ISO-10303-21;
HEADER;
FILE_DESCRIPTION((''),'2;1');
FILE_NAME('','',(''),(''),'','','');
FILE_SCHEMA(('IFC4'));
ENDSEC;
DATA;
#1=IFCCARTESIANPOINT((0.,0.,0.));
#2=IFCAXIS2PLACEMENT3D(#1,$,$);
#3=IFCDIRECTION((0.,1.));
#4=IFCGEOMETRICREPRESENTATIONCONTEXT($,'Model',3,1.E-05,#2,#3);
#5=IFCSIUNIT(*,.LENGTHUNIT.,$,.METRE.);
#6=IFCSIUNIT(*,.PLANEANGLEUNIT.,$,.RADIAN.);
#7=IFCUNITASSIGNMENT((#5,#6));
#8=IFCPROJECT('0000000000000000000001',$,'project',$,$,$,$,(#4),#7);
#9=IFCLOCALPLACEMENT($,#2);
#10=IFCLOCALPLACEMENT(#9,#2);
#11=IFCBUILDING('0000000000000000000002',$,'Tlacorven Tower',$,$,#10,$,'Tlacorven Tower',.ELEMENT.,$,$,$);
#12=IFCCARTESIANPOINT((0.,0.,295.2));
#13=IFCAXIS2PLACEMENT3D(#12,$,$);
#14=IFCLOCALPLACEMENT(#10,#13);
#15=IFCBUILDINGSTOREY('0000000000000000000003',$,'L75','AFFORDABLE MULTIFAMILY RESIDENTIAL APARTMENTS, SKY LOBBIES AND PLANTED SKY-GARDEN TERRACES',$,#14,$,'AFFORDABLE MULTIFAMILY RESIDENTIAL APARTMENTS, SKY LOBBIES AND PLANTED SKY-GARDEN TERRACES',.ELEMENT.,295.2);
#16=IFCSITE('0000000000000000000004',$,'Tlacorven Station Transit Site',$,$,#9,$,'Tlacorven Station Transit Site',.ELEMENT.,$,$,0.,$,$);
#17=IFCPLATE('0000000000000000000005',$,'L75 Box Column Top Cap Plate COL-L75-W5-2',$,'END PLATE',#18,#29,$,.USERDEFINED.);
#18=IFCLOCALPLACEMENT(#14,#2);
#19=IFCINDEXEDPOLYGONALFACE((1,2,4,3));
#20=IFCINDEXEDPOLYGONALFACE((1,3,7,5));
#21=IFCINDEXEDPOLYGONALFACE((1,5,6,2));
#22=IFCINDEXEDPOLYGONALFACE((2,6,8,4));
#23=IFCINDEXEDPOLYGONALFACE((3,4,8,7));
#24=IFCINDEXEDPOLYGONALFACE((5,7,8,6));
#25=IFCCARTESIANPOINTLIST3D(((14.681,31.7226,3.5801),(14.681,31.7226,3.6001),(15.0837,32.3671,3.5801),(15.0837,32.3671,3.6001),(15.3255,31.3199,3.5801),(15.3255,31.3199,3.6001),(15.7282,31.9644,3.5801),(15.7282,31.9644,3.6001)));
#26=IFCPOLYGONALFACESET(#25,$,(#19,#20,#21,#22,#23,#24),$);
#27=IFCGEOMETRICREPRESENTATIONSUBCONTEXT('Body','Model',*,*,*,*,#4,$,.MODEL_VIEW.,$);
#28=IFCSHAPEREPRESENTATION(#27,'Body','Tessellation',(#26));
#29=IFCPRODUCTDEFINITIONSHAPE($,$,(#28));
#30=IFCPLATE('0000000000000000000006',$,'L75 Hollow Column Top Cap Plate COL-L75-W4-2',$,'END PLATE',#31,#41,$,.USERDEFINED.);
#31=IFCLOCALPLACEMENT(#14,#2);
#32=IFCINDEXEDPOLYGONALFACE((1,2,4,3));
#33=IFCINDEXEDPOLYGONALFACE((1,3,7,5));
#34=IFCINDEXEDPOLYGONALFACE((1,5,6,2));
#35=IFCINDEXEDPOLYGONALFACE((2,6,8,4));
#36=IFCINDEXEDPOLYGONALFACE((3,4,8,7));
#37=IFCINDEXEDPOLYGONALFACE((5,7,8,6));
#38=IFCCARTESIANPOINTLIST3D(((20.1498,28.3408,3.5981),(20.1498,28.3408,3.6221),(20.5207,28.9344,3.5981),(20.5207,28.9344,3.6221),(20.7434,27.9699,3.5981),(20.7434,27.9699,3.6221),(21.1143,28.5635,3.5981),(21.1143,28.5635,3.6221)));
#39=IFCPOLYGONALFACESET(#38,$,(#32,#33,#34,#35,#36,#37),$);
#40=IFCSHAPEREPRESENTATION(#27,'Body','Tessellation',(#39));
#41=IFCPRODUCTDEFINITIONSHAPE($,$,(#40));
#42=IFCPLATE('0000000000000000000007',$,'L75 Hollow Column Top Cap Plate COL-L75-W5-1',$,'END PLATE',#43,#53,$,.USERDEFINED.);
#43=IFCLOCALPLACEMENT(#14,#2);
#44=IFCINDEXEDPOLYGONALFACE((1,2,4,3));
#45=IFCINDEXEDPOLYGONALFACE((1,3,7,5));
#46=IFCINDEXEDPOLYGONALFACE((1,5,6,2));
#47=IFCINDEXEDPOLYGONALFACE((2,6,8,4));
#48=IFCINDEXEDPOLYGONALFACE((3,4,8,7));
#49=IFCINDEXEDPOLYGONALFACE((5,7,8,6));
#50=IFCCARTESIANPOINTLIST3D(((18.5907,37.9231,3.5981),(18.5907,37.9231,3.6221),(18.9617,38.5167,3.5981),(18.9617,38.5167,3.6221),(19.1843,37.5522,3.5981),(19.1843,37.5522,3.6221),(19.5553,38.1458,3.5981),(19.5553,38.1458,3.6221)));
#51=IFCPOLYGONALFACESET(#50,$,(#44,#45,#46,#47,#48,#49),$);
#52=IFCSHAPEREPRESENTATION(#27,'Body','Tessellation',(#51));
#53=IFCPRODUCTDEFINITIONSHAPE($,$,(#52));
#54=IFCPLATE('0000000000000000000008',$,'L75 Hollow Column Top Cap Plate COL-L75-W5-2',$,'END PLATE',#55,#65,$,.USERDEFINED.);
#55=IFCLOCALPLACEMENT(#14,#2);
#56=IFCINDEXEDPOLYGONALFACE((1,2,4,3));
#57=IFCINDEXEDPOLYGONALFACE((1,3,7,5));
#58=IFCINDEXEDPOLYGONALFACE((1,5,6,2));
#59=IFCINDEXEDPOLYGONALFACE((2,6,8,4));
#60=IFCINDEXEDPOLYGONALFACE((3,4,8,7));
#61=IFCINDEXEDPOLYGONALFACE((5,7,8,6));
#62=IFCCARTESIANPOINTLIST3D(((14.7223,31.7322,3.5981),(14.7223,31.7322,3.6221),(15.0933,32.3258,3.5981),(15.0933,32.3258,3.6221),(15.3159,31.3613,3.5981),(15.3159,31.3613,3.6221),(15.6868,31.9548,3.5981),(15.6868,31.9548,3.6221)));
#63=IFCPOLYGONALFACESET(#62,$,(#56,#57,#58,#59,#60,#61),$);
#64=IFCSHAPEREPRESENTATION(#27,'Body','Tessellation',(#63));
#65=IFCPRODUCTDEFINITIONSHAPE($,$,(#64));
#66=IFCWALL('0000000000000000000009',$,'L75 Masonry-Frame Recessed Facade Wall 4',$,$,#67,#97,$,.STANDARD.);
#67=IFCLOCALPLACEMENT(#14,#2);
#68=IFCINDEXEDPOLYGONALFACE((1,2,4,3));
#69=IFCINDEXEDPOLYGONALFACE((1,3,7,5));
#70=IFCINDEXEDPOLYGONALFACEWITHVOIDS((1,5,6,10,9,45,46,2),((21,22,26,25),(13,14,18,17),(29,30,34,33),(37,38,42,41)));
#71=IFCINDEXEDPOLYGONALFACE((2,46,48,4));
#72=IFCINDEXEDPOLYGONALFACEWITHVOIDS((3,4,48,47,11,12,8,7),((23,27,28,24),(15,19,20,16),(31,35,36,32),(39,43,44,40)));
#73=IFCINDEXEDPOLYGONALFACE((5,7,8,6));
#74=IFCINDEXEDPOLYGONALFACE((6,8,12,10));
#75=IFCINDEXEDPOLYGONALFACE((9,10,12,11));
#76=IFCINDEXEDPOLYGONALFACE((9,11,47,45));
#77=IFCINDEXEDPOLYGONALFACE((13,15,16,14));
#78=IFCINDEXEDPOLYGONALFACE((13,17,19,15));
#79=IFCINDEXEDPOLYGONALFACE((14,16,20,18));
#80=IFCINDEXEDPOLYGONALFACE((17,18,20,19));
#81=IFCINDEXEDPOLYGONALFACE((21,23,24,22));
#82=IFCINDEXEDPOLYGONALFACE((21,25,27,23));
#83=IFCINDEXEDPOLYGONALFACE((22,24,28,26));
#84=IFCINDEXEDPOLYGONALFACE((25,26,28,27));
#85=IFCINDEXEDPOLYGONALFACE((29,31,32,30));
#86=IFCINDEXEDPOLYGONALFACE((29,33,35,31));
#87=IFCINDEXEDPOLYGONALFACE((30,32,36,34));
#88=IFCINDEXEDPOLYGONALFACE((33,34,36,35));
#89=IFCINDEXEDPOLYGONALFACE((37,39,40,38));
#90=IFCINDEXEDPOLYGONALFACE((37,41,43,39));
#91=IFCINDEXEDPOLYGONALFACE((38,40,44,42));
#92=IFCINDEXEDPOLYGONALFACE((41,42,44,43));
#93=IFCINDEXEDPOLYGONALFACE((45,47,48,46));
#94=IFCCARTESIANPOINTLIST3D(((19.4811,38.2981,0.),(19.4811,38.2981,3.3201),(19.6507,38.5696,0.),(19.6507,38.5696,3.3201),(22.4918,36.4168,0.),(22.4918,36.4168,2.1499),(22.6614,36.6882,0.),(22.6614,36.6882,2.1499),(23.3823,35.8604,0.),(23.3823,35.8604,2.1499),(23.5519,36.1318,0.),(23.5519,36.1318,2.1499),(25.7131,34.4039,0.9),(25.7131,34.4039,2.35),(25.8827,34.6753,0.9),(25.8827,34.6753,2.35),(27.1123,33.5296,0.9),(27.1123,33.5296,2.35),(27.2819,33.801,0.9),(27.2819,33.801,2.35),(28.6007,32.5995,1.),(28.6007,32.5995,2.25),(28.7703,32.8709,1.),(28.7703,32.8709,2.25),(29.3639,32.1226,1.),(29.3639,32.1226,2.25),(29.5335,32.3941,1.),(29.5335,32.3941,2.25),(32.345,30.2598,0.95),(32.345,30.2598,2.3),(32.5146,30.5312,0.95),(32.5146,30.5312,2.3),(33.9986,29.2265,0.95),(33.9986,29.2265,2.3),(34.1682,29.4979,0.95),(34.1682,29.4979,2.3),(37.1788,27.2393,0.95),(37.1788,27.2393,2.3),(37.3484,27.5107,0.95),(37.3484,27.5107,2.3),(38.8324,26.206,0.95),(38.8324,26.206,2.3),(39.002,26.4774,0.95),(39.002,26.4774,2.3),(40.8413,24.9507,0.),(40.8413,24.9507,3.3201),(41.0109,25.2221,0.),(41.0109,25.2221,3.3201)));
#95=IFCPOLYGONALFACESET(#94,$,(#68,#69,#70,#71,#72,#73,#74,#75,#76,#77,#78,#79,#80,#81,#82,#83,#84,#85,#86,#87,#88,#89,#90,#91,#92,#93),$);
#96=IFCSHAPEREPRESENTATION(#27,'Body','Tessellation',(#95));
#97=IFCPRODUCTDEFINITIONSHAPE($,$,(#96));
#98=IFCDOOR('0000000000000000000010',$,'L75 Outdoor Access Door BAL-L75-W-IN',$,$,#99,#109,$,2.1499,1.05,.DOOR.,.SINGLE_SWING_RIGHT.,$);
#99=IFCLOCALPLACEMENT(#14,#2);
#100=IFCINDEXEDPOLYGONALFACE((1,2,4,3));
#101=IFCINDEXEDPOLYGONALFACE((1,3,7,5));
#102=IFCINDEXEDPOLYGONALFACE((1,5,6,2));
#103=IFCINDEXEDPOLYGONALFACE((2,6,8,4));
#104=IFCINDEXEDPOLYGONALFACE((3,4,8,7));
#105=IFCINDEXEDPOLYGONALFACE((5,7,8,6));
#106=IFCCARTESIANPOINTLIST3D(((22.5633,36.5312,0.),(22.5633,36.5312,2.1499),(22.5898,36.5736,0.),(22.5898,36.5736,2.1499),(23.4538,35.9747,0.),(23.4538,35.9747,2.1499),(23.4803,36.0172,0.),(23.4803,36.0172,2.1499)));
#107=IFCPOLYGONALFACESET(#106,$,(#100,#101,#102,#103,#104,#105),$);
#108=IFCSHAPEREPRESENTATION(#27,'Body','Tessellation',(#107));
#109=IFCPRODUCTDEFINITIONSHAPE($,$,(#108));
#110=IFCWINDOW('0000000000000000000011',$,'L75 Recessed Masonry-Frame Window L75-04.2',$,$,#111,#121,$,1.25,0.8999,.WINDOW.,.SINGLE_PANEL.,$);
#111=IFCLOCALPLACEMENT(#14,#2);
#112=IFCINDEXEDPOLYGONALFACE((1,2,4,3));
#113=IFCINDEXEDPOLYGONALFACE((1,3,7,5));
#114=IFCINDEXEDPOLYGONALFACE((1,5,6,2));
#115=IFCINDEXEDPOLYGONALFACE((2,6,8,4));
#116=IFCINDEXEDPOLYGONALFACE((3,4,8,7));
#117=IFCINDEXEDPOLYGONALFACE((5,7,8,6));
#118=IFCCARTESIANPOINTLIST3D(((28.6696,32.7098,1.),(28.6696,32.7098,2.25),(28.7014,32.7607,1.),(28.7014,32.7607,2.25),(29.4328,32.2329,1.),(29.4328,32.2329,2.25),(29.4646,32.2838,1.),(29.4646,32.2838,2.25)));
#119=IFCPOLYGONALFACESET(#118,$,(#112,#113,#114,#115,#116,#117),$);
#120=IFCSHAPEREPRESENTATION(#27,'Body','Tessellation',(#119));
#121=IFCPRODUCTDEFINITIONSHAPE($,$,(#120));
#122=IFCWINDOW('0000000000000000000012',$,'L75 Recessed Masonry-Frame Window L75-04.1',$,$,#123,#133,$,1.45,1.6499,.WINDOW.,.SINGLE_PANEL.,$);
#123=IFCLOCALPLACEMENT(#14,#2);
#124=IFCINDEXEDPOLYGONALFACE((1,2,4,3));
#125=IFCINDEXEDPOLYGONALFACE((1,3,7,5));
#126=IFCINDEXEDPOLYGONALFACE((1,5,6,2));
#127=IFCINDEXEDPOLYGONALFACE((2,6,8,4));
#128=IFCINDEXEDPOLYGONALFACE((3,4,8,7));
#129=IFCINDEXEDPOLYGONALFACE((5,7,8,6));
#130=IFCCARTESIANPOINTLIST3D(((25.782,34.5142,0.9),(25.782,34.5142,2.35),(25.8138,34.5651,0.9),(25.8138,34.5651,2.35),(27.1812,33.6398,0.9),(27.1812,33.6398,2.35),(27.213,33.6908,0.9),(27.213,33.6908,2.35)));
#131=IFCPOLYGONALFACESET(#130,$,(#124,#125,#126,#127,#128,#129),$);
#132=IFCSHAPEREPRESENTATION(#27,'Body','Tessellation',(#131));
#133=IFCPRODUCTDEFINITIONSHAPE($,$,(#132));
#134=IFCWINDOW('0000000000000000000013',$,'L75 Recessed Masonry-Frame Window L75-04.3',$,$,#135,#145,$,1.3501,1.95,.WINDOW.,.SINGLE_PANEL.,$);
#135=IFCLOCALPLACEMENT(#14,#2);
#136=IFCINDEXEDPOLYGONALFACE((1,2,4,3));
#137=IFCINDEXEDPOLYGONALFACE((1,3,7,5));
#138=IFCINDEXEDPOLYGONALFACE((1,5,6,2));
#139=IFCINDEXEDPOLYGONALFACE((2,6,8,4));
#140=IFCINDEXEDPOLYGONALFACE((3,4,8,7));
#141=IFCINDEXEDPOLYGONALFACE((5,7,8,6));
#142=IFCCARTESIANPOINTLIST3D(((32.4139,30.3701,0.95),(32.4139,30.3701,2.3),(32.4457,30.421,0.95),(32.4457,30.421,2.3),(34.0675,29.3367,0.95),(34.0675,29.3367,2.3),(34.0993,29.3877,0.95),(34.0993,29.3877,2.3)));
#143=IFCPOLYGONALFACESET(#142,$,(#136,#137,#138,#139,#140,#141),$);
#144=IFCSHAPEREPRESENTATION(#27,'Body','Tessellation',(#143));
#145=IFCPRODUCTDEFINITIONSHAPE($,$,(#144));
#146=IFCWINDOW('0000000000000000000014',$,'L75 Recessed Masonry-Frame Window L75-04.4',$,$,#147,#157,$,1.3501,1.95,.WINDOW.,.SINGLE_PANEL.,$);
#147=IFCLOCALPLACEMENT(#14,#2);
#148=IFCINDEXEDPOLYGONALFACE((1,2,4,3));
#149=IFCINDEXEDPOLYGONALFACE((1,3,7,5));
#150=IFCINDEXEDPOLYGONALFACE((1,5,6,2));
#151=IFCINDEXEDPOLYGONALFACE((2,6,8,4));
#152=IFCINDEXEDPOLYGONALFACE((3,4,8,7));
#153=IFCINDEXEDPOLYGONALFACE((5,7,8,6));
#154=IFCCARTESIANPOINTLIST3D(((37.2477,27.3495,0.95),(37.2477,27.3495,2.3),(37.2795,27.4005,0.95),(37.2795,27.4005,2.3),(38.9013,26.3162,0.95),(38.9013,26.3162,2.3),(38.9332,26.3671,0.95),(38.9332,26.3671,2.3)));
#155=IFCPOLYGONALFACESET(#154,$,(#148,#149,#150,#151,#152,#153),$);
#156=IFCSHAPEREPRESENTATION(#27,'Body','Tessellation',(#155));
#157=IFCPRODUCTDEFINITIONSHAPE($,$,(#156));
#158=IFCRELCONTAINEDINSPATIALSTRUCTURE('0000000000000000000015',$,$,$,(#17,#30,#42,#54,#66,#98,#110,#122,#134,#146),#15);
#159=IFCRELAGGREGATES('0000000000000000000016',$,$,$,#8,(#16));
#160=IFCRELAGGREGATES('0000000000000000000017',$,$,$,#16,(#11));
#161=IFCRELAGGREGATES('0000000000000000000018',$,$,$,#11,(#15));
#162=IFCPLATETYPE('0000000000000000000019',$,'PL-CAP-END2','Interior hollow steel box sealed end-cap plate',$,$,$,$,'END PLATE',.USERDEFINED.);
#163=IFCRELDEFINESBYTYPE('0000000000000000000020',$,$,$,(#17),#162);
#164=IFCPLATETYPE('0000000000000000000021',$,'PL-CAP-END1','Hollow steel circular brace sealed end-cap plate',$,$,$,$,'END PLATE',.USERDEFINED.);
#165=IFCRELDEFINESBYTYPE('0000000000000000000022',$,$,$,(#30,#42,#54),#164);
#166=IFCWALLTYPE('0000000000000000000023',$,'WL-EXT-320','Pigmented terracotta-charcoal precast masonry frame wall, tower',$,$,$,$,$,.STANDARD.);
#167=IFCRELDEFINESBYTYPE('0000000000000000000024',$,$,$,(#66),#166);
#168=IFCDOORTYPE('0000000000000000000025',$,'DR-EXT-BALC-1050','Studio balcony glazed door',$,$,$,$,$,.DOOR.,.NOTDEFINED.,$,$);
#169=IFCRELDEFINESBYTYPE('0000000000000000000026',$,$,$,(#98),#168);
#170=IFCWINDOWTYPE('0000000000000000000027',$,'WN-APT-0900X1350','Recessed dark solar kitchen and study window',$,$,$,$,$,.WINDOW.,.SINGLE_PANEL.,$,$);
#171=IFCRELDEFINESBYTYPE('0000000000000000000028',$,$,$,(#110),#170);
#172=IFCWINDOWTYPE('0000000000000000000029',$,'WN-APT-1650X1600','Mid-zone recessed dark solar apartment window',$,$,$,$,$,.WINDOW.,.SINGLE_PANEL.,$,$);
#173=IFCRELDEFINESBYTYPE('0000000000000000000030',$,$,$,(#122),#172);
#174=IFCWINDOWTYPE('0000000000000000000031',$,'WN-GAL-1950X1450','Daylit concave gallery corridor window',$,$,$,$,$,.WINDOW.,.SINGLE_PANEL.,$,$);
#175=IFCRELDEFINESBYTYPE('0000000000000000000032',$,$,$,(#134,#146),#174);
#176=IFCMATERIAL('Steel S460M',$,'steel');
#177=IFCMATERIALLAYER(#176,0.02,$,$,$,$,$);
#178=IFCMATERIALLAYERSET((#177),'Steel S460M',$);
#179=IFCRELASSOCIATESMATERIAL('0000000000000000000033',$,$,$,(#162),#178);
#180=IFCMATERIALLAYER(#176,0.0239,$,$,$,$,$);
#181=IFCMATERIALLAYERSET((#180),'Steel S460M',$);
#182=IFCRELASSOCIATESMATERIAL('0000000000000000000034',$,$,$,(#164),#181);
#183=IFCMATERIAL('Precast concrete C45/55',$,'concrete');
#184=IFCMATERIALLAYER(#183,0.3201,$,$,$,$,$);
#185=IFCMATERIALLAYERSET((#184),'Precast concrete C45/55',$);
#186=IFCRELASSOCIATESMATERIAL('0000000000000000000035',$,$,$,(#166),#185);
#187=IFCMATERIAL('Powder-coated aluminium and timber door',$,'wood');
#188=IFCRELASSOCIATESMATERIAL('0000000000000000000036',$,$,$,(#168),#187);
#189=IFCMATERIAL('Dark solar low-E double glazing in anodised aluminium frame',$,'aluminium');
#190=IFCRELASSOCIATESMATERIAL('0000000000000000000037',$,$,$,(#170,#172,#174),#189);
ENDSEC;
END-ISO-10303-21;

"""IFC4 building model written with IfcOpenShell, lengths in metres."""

from ifc_helpers import new_model, si_unit, direction, frame, frame_2d, origin, origin_2d, place, context, subcontext, project, spatial, rectangle, extrude, source, transform, mapped, material, layer, layer_set, type_object, element, fill, save


model = new_model("IFC4")

# Units and contexts
model_context = context("Model", 3, precision=1e-05, world=origin(), true_north=direction((0.0, 1.0)))
body_context = subcontext(model_context, "Body", "Model", "MODEL_VIEW")
ifc_project = project(units=[si_unit("LENGTHUNIT", "METRE"), si_unit("PLANEANGLEUNIT", "RADIAN")], contexts=[model_context])

# Site, building, storey
site_placement = place(None, origin())
site = spatial("IfcSite", under=ifc_project, at=site_placement, Name="Tlacorven Station Transit Site", LongName="Tlacorven Station Transit Site", CompositionType="ELEMENT", RefElevation=0.0)
building_placement = place(site_placement, origin())
building = spatial("IfcBuilding", under=site, at=building_placement, Name="Tlacorven Tower", LongName="Tlacorven Tower", CompositionType="ELEMENT")
storey_placement = place(building_placement, frame((0.0, 0.0, 295.2)))
storey = spatial("IfcBuildingStorey", under=building, at=storey_placement, Name="L75", Description="AFFORDABLE MULTIFAMILY RESIDENTIAL APARTMENTS, SKY LOBBIES AND PLANTED SKY-GARDEN TERRACES", LongName="AFFORDABLE MULTIFAMILY RESIDENTIAL APARTMENTS, SKY LOBBIES AND PLANTED SKY-GARDEN TERRACES", CompositionType="ELEMENT", Elevation=295.2)

# Shared definitions
ifc_material_1 = material(Name="Steel S460M", Category="steel")

# Plates
ifc_layer_1 = layer(ifc_material_1, 0.02)
ifc_layer_set_1 = layer_set([ifc_layer_1], Name="Steel S460M")
plate_type_1 = type_object("IfcPlateType", Name="PL-CAP-END2", Description="Interior hollow steel box sealed end-cap plate", ElementType="END PLATE", PredefinedType="USERDEFINED", material=ifc_layer_set_1)
shared_shape_1 = source(origin(), body_context, "Body", "SweptSolid", [
    extrude(rectangle(XDim=0.76, YDim=0.76, at=origin_2d()), origin(), (0.0, 0.0, 1.0), 0.02),
])
for number, where, z_axis, x_axis, name in (
    (1, (15.2046, 31.8435, 3.5801), (0.0, 0.0, 1.0), (-0.848048, 0.529919, 0.0), "L75 Box Column Top Cap Plate COL-L75-W5-2"),
):
    element("IfcPlate", number, at=place(storey_placement, frame(where, z_axis=z_axis, x_axis=x_axis)), inside=storey, type_object=plate_type_1, Name=name, ObjectType="END PLATE", PredefinedType="USERDEFINED", context=body_context, shape_type="MappedRepresentation", body=[
        mapped(shared_shape_1, transform((0.0, 0.0, 0.0), scale=1.0)),
    ])
ifc_layer_2 = layer(ifc_material_1, 0.0239)
ifc_layer_set_2 = layer_set([ifc_layer_2], Name="Steel S460M")
plate_type_2 = type_object("IfcPlateType", Name="PL-CAP-END1", Description="Hollow steel circular brace sealed end-cap plate", ElementType="END PLATE", PredefinedType="USERDEFINED", material=ifc_layer_set_2)
shared_shape_2 = source(origin(), body_context, "Body", "SweptSolid", [
    extrude(rectangle(XDim=0.7, YDim=0.7, at=origin_2d()), origin(), (0.0, 0.0, 1.0), 0.0239),
])
for number, where, z_axis, x_axis, name in (
    (2, (20.6321, 28.4521, 3.5981), (0.0, 0.0, 1.0), (-0.848048, 0.529919, 0.0), "L75 Hollow Column Top Cap Plate COL-L75-W4-2"),
    (3, (19.073, 38.0344, 3.5981), (0.0, 0.0, 1.0), (-0.848048, 0.529919, 0.0), "L75 Hollow Column Top Cap Plate COL-L75-W5-1"),
    (4, (15.2046, 31.8435, 3.5981), (0.0, 0.0, 1.0), (-0.848048, 0.529919, 0.0), "L75 Hollow Column Top Cap Plate COL-L75-W5-2"),
):
    element("IfcPlate", number, at=place(storey_placement, frame(where, z_axis=z_axis, x_axis=x_axis)), inside=storey, type_object=plate_type_2, Name=name, ObjectType="END PLATE", PredefinedType="USERDEFINED", context=body_context, shape_type="MappedRepresentation", body=[
        mapped(shared_shape_2, transform((0.0, 0.0, 0.0), scale=1.0)),
    ])

# Wall, openings, door, windows
ifc_material_2 = material(Name="Precast concrete C45/55", Category="concrete")
ifc_layer_3 = layer(ifc_material_2, 0.3201)
ifc_layer_set_3 = layer_set([ifc_layer_3], Name="Precast concrete C45/55")
wall_type_1 = type_object("IfcWallType", Name="WL-EXT-320", Description="Pigmented terracotta-charcoal precast masonry frame wall, tower", PredefinedType="STANDARD", material=ifc_layer_set_3)
wall_1_placement = place(storey_placement, frame((19.5659, 38.4338, 0.0), z_axis=(0.0, 0.0, 1.0), x_axis=(0.848046, -0.529923, 0.0)))
wall_1 = element("IfcWall", 5, at=wall_1_placement, inside=storey, type_object=wall_type_1, Name="L75 Masonry-Frame Recessed Facade Wall 4", PredefinedType="STANDARD", context=body_context, shape_type="SweptSolid", body=[
    extrude(rectangle(XDim=25.1875, YDim=0.3201, at=frame_2d((12.5938, 0.0))), origin(), (0.0, 0.0, 1.0), 3.3201),
])
opening_1_placement = place(wall_1_placement, frame((3.5503, 0.0, 0.0)))
opening_1 = element("IfcOpeningElement", 6, at=opening_1_placement, cuts=wall_1, PredefinedType="OPENING", context=body_context, shape_type="SweptSolid", body=[
    extrude(rectangle(XDim=1.05, YDim=2.1499, at=frame_2d((0.5249, 1.075))), frame((0.0, 0.1699, 0.0), z_axis=(0.0, -1.0, 0.0), x_axis=(1.0, 0.0, 0.0)), (0.0, 0.0, 1.0), 0.3401),
])
opening_2_placement = place(wall_1_placement, frame((7.3486, 0.0, 0.8999)))
opening_2 = element("IfcOpeningElement", 7, at=opening_2_placement, cuts=wall_1, PredefinedType="OPENING", context=body_context, shape_type="SweptSolid", body=[
    extrude(rectangle(XDim=1.6499, YDim=1.45, at=frame_2d((0.825, 0.7251))), frame((0.0, 0.1699, 0.0), z_axis=(0.0, -1.0, 0.0), x_axis=(1.0, 0.0, 0.0)), (0.0, 0.0, 1.0), 0.3401),
])
opening_3_placement = place(wall_1_placement, frame((10.7537, 0.0, 1.0)))
opening_3 = element("IfcOpeningElement", 8, at=opening_3_placement, cuts=wall_1, PredefinedType="OPENING", context=body_context, shape_type="SweptSolid", body=[
    extrude(rectangle(XDim=0.8999, YDim=1.25, at=frame_2d((0.45, 0.625))), frame((0.0, 0.1699, 0.0), z_axis=(0.0, -1.0, 0.0), x_axis=(1.0, 0.0, 0.0)), (0.0, 0.0, 1.0), 0.3401),
])
opening_4_placement = place(wall_1_placement, frame((15.1687, 0.0, 0.95)))
opening_4 = element("IfcOpeningElement", 9, at=opening_4_placement, cuts=wall_1, PredefinedType="OPENING", context=body_context, shape_type="SweptSolid", body=[
    extrude(rectangle(XDim=1.95, YDim=1.3501, at=frame_2d((0.9751, 0.675))), frame((0.0, 0.1699, 0.0), z_axis=(0.0, -1.0, 0.0), x_axis=(1.0, 0.0, 0.0)), (0.0, 0.0, 1.0), 0.3401),
])
opening_5_placement = place(wall_1_placement, frame((20.8687, 0.0, 0.95)))
opening_5 = element("IfcOpeningElement", 10, at=opening_5_placement, cuts=wall_1, PredefinedType="OPENING", context=body_context, shape_type="SweptSolid", body=[
    extrude(rectangle(XDim=1.95, YDim=1.3501, at=frame_2d((0.9751, 0.675))), frame((0.0, 0.1699, 0.0), z_axis=(0.0, -1.0, 0.0), x_axis=(1.0, 0.0, 0.0)), (0.0, 0.0, 1.0), 0.3401),
])
ifc_material_3 = material(Name="Powder-coated aluminium and timber door", Category="wood")
door_type_1 = type_object("IfcDoorType", Name="DR-EXT-BALC-1050", Description="Studio balcony glazed door", OperationType="NOTDEFINED", PredefinedType="DOOR", material=ifc_material_3)
shared_shape_3 = source(origin(), body_context, "Body", "SweptSolid", [
    extrude(rectangle(XDim=1.05, YDim=2.1499, at=frame_2d((0.5249, 1.075))), frame((0.0, 0.0249, 0.0), z_axis=(0.0, -1.0, 0.0), x_axis=(1.0, 0.0, 0.0)), (0.0, 0.0, 1.0), 0.05),
])
door_1_placement = place(opening_1_placement, origin())
door_1 = element("IfcDoor", 11, at=door_1_placement, inside=storey, type_object=door_type_1, Name="L75 Outdoor Access Door BAL-L75-W-IN", OperationType="SINGLE_SWING_RIGHT", OverallHeight=2.1499, OverallWidth=1.05, PredefinedType="DOOR", context=body_context, shape_type="MappedRepresentation", body=[
    mapped(shared_shape_3, transform((0.0, 0.0, 0.0), scale=1.0)),
])
fill(opening_1, door_1)
ifc_material_4 = material(Name="Dark solar low-E double glazing in anodised aluminium frame", Category="aluminium")
window_type_1 = type_object("IfcWindowType", Name="WN-APT-0900X1350", Description="Recessed dark solar kitchen and study window", PartitioningType="SINGLE_PANEL", PredefinedType="WINDOW", material=ifc_material_4)
shared_shape_4 = source(origin(), body_context, "Body", "SweptSolid", [
    extrude(rectangle(XDim=0.8999, YDim=1.25, at=frame_2d((0.45, 0.625))), frame((0.0, 0.03, 0.0), z_axis=(0.0, -1.0, 0.0), x_axis=(1.0, 0.0, 0.0)), (0.0, 0.0, 1.0), 0.0601),
])
window_1_placement = place(opening_3_placement, origin())
window_1 = element("IfcWindow", 12, at=window_1_placement, inside=storey, type_object=window_type_1, Name="L75 Recessed Masonry-Frame Window L75-04.2", OverallHeight=1.25, OverallWidth=0.8999, PartitioningType="SINGLE_PANEL", PredefinedType="WINDOW", context=body_context, shape_type="MappedRepresentation", body=[
    mapped(shared_shape_4, transform((0.0, 0.0, 0.0), scale=1.0)),
])
fill(opening_3, window_1)
window_type_2 = type_object("IfcWindowType", Name="WN-APT-1650X1600", Description="Mid-zone recessed dark solar apartment window", PartitioningType="SINGLE_PANEL", PredefinedType="WINDOW", material=ifc_material_4)
shared_shape_5 = source(origin(), body_context, "Body", "SweptSolid", [
    extrude(rectangle(XDim=1.6499, YDim=1.45, at=frame_2d((0.825, 0.7251))), frame((0.0, 0.03, 0.0), z_axis=(0.0, -1.0, 0.0), x_axis=(1.0, 0.0, 0.0)), (0.0, 0.0, 1.0), 0.0601),
])
window_2_placement = place(opening_2_placement, origin())
window_2 = element("IfcWindow", 13, at=window_2_placement, inside=storey, type_object=window_type_2, Name="L75 Recessed Masonry-Frame Window L75-04.1", OverallHeight=1.45, OverallWidth=1.6499, PartitioningType="SINGLE_PANEL", PredefinedType="WINDOW", context=body_context, shape_type="MappedRepresentation", body=[
    mapped(shared_shape_5, transform((0.0, 0.0, 0.0), scale=1.0)),
])
fill(opening_2, window_2)
window_type_3 = type_object("IfcWindowType", Name="WN-GAL-1950X1450", Description="Daylit concave gallery corridor window", PartitioningType="SINGLE_PANEL", PredefinedType="WINDOW", material=ifc_material_4)
shared_shape_6 = source(origin(), body_context, "Body", "SweptSolid", [
    extrude(rectangle(XDim=1.95, YDim=1.3501, at=frame_2d((0.9751, 0.675))), frame((0.0, 0.03, 0.0), z_axis=(0.0, -1.0, 0.0), x_axis=(1.0, 0.0, 0.0)), (0.0, 0.0, 1.0), 0.0601),
])
window_3_placement = place(opening_4_placement, origin())
window_3 = element("IfcWindow", 14, at=window_3_placement, inside=storey, type_object=window_type_3, Name="L75 Recessed Masonry-Frame Window L75-04.3", OverallHeight=1.3501, OverallWidth=1.95, PartitioningType="SINGLE_PANEL", PredefinedType="WINDOW", context=body_context, shape_type="MappedRepresentation", body=[
    mapped(shared_shape_6, transform((0.0, 0.0, 0.0), scale=1.0)),
])
fill(opening_4, window_3)
window_4_placement = place(opening_5_placement, origin())
window_4 = element("IfcWindow", 15, at=window_4_placement, inside=storey, type_object=window_type_3, Name="L75 Recessed Masonry-Frame Window L75-04.4", OverallHeight=1.3501, OverallWidth=1.95, PartitioningType="SINGLE_PANEL", PredefinedType="WINDOW", context=body_context, shape_type="MappedRepresentation", body=[
    mapped(shared_shape_6, transform((0.0, 0.0, 0.0), scale=1.0)),
])
fill(opening_5, window_4)

save(model, "model.ifc")
